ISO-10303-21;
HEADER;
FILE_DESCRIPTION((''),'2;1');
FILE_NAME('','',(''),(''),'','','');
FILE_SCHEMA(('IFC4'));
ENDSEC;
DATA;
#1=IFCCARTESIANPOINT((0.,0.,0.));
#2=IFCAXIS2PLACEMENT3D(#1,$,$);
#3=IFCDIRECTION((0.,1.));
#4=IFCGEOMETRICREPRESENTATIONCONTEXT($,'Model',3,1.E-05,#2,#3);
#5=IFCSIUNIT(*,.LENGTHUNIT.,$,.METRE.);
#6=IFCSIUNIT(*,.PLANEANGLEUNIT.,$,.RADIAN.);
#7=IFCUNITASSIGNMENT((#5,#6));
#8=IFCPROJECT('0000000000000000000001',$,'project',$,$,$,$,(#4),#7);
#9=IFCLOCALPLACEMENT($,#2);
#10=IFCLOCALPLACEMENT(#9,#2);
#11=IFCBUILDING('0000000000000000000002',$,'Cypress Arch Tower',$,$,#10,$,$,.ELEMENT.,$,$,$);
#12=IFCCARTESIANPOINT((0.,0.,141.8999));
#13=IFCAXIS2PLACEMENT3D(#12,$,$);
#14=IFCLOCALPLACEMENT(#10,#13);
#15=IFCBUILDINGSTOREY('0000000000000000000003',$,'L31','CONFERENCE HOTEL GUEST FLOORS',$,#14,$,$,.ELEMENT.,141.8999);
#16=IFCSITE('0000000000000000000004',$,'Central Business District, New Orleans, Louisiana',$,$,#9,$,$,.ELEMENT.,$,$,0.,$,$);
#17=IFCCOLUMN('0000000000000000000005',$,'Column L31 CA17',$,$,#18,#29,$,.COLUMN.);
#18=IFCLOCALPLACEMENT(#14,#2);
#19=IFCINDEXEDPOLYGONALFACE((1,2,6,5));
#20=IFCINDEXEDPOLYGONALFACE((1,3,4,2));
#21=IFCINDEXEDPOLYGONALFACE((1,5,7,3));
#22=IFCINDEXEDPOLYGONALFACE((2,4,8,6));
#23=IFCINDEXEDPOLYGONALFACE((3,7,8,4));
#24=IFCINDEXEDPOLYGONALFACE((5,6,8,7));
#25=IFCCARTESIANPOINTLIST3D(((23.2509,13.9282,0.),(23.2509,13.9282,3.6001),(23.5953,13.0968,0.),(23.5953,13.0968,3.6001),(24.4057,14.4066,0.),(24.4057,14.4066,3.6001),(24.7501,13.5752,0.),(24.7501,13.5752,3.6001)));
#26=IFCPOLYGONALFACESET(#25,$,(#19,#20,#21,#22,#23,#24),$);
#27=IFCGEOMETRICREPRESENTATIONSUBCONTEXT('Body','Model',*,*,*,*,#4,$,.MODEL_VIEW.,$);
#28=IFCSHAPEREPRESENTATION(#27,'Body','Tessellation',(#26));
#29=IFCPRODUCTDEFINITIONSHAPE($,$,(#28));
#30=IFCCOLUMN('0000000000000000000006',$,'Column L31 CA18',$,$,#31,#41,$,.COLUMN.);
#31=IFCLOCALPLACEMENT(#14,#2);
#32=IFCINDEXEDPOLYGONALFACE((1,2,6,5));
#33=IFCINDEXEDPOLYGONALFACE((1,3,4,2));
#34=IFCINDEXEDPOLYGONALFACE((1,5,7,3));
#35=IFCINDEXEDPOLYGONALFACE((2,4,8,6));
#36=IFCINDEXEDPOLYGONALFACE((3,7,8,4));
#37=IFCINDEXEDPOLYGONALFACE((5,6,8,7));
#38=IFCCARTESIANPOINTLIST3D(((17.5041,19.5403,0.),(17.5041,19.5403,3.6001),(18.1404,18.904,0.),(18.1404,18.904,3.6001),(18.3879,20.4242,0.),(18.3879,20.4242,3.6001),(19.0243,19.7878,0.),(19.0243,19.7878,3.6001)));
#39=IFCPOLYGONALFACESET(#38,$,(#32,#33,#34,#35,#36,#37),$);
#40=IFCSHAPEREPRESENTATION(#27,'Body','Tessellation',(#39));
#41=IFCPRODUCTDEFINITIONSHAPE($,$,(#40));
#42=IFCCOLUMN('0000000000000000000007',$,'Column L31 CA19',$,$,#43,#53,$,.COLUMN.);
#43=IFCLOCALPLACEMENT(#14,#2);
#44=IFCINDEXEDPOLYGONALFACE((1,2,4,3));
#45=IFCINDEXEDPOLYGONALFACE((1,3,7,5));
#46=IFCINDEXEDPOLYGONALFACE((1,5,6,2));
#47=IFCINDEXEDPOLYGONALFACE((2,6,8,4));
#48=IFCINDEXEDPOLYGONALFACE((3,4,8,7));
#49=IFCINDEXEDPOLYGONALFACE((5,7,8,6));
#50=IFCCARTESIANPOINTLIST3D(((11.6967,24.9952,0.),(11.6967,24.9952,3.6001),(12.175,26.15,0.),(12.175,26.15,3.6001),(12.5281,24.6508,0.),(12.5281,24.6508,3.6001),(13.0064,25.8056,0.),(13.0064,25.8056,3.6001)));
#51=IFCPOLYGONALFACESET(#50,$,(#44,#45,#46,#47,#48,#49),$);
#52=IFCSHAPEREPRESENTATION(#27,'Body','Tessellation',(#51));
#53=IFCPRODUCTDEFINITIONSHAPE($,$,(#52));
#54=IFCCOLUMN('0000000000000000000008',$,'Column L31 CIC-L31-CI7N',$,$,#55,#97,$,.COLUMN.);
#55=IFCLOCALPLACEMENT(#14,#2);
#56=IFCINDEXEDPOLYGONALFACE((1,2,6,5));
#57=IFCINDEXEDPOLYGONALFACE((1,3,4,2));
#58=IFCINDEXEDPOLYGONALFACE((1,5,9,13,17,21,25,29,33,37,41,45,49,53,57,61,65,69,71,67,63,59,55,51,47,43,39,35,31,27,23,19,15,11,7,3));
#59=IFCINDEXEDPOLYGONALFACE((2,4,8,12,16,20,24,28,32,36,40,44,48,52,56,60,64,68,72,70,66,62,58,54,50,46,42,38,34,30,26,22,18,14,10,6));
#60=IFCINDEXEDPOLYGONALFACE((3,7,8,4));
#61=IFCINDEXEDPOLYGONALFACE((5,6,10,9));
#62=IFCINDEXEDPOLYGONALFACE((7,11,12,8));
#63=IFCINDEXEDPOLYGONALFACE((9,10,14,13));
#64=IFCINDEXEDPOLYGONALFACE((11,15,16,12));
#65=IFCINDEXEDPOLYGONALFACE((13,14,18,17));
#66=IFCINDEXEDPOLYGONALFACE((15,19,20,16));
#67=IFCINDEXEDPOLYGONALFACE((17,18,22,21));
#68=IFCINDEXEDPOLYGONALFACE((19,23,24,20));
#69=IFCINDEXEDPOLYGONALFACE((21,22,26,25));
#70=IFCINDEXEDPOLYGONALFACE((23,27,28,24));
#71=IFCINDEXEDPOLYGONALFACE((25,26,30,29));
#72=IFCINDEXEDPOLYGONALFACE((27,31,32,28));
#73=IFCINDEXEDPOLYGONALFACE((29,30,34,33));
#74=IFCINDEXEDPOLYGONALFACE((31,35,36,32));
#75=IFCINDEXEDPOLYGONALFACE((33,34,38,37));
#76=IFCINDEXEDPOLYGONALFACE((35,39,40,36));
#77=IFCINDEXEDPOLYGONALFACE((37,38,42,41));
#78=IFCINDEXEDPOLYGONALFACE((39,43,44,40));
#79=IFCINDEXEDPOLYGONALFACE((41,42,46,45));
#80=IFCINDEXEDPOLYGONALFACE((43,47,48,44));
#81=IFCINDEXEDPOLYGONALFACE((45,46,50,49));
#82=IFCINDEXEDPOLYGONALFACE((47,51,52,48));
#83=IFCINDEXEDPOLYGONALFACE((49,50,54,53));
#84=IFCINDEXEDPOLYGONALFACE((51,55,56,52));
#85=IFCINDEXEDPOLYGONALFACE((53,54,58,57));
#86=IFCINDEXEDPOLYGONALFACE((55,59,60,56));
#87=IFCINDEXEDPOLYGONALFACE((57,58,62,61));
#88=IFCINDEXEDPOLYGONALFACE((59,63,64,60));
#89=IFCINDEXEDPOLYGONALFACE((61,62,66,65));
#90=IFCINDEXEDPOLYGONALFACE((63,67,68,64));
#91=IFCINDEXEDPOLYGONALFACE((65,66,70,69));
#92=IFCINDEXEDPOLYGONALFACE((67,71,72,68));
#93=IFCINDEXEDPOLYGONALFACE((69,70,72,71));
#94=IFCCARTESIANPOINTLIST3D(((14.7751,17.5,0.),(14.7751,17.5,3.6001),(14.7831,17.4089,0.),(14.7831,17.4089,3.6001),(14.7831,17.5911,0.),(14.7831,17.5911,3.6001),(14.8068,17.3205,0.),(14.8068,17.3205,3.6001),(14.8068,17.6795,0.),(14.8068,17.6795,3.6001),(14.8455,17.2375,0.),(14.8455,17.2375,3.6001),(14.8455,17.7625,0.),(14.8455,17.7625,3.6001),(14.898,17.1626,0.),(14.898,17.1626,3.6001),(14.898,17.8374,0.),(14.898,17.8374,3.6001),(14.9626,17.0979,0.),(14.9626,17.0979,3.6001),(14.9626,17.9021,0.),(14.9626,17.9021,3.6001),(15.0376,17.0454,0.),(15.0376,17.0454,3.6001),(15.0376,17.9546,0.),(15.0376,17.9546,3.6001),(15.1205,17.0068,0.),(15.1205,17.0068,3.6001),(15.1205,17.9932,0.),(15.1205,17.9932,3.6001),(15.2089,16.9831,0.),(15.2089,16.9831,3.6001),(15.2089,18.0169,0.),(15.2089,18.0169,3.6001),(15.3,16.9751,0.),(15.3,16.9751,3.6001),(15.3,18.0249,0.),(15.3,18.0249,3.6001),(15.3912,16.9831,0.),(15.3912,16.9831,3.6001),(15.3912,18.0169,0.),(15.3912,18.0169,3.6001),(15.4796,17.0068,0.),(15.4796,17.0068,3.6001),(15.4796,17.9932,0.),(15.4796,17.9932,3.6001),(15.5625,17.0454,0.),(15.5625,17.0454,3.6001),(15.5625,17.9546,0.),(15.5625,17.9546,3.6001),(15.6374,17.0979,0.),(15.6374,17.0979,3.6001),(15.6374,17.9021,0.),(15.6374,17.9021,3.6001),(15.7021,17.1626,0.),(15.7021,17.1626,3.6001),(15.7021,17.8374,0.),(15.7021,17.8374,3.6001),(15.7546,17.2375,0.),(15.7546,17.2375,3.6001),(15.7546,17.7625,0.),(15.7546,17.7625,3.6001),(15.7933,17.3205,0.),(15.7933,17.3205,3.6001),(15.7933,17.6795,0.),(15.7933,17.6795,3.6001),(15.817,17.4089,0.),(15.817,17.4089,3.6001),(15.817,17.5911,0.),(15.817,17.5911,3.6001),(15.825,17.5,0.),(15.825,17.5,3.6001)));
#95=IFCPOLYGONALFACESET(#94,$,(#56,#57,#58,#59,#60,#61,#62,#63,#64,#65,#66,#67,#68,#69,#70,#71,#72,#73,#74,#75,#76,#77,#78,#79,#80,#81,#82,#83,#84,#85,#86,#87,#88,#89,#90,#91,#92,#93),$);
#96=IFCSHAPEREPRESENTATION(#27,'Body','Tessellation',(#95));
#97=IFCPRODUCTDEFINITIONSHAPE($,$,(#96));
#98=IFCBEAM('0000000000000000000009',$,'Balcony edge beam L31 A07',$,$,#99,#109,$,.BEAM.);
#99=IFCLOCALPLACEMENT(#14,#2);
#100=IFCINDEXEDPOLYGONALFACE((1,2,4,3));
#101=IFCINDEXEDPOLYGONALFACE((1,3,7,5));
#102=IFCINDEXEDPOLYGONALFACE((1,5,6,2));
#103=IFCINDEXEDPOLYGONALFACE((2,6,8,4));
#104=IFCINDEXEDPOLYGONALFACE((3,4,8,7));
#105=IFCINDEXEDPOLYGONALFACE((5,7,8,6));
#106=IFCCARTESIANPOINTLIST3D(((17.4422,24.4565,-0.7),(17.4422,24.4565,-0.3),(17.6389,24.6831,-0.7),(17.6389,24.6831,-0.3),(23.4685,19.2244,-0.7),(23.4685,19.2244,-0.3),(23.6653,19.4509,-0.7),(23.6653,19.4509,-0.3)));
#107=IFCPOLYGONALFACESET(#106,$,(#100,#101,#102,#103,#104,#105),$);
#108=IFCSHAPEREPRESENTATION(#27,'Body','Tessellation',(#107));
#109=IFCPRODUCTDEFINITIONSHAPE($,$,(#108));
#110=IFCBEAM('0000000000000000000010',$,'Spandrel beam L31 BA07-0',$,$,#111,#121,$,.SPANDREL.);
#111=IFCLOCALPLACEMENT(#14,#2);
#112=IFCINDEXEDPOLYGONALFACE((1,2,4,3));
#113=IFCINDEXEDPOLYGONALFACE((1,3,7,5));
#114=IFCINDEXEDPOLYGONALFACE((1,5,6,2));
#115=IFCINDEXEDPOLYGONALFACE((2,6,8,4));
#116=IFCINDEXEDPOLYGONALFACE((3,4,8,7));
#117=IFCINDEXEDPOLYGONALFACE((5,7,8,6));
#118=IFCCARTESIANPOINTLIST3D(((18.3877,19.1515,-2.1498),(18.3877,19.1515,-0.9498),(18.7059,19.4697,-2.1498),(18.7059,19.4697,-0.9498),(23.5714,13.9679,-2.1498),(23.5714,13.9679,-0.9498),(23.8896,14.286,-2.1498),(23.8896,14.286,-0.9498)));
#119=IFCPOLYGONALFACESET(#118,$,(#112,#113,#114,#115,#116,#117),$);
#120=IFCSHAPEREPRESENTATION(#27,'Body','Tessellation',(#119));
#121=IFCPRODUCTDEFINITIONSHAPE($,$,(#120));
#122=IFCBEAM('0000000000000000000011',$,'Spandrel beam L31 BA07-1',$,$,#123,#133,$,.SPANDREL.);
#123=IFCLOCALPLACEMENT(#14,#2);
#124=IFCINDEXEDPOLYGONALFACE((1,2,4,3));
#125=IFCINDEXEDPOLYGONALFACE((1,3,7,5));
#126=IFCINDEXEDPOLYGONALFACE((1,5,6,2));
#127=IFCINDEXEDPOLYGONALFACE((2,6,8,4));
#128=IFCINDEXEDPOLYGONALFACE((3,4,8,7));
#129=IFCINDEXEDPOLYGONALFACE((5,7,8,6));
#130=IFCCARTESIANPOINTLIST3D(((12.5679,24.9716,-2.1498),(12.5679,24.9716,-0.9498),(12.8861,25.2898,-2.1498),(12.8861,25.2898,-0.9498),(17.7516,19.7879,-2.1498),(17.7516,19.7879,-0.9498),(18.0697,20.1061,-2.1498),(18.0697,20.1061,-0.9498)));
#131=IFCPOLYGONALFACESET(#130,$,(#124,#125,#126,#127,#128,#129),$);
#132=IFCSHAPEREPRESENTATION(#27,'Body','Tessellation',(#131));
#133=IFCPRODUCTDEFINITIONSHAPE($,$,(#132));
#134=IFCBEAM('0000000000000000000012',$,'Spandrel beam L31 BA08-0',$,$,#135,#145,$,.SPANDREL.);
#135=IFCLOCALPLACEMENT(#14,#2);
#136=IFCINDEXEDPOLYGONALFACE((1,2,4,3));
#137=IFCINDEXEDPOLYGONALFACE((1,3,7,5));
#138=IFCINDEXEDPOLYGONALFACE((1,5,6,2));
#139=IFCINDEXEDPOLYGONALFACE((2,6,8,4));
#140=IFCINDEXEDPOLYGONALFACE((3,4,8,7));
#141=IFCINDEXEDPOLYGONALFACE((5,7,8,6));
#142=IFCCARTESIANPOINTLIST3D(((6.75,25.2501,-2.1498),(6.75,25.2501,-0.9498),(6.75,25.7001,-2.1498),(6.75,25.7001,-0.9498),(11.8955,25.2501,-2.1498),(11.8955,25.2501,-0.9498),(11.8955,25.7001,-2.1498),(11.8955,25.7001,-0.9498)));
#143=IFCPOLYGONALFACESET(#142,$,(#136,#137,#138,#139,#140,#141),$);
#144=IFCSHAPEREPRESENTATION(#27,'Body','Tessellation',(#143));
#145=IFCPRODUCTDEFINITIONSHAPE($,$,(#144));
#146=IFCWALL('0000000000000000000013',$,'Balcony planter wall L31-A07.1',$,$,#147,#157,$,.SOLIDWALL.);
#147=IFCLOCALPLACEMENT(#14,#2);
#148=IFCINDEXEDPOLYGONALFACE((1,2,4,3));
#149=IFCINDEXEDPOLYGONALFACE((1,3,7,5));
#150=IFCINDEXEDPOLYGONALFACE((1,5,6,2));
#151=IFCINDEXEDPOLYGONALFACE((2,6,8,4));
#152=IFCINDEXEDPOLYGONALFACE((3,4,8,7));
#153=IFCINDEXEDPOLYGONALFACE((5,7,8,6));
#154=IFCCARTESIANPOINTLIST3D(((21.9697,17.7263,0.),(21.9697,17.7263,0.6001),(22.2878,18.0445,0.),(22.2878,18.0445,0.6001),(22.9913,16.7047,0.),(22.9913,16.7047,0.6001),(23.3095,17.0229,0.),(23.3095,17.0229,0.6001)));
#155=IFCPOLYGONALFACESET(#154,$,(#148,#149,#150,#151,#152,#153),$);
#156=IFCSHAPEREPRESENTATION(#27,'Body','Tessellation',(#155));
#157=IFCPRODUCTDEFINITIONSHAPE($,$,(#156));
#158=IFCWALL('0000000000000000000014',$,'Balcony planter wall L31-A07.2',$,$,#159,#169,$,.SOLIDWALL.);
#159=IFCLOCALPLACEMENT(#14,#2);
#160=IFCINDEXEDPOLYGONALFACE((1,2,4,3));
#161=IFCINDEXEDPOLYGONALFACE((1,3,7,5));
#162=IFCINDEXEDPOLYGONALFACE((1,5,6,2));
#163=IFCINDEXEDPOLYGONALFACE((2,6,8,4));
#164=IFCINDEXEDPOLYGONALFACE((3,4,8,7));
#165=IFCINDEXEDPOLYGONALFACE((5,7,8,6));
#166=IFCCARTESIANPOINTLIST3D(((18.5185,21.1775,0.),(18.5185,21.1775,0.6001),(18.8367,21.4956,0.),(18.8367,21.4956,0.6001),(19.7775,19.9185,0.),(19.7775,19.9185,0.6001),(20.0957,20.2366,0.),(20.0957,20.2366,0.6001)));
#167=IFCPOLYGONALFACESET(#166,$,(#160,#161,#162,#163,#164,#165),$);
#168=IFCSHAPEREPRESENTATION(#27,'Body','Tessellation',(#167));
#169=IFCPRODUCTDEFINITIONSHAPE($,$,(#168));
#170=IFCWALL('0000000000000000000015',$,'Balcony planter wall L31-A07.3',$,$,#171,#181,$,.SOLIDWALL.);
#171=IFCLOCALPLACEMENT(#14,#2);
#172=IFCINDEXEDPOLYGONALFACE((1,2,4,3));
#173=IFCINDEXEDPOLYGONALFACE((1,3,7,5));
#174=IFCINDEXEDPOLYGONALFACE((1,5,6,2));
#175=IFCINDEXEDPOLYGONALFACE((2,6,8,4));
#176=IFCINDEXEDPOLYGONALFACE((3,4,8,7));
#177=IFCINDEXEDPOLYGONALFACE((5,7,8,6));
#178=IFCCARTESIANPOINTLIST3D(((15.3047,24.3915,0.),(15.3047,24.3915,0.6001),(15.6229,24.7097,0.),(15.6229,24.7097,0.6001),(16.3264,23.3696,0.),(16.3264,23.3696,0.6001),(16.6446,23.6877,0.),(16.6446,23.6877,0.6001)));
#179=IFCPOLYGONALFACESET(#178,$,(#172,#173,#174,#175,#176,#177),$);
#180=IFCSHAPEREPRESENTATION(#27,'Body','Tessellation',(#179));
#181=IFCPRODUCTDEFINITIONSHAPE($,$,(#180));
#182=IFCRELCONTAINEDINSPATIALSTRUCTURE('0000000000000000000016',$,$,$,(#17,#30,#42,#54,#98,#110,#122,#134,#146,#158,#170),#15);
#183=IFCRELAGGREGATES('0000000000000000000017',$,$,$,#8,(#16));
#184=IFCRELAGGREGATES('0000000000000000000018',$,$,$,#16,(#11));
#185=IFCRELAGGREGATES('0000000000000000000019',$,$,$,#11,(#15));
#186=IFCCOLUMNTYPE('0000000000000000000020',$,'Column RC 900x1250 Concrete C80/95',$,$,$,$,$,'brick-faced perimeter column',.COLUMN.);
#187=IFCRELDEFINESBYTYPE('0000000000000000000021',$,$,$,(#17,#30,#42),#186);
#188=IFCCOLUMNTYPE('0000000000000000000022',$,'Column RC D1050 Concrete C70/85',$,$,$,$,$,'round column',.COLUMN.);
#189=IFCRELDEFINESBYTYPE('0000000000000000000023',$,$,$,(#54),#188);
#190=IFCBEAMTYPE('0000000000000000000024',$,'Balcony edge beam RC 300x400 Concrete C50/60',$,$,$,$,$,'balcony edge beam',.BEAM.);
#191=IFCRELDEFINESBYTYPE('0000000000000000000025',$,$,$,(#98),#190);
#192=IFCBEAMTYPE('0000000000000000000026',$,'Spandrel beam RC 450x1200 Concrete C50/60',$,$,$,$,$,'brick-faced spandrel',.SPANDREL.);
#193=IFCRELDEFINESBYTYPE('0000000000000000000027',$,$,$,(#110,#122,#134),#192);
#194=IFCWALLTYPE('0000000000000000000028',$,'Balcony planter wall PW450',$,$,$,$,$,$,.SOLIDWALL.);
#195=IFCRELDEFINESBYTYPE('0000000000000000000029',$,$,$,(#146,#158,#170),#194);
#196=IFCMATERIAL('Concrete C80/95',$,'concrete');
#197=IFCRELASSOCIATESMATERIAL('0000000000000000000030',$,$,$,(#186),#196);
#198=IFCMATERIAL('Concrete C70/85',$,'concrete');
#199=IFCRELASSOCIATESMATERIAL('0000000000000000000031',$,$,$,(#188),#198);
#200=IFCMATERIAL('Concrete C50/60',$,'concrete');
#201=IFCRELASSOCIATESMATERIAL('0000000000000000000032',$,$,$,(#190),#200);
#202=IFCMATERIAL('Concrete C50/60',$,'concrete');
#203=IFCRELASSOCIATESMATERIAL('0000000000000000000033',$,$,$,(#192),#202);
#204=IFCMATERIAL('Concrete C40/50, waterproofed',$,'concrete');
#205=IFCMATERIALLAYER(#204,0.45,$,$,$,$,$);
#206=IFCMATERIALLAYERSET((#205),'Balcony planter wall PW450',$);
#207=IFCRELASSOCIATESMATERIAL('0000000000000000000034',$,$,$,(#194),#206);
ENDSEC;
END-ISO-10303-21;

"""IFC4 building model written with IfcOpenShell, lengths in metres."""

from ifc_helpers import new_model, si_unit, direction, frame, frame_2d, origin, origin_2d, place, context, subcontext, project, spatial, rectangle, circle, extrude, material, layer, layer_set, material_profile, profile_set, type_object, element, save


model = new_model("IFC4")

# Units and contexts
model_context = context("Model", 3, precision=1e-05, world=origin(), true_north=direction((0.0, 1.0)))
body_context = subcontext(model_context, "Body", "Model", "MODEL_VIEW")
ifc_project = project(units=[si_unit("LENGTHUNIT", "METRE"), si_unit("PLANEANGLEUNIT", "RADIAN")], contexts=[model_context])

# Site, building, storey
site_placement = place(None, origin())
site = spatial("IfcSite", under=ifc_project, at=site_placement, Name="Central Business District, New Orleans, Louisiana", CompositionType="ELEMENT", RefElevation=0.0)
building_placement = place(site_placement, origin())
building = spatial("IfcBuilding", under=site, at=building_placement, Name="Cypress Arch Tower", CompositionType="ELEMENT")
storey_placement = place(building_placement, frame((0.0, 0.0, 141.8999)))
storey = spatial("IfcBuildingStorey", under=building, at=storey_placement, Name="L31", Description="CONFERENCE HOTEL GUEST FLOORS", CompositionType="ELEMENT", Elevation=141.8999)

# Columns
ifc_material_1 = material(Name="Concrete C80/95", Category="concrete")
ifc_material_profile_1 = material_profile(ifc_material_1, rectangle(XDim=0.8999, YDim=1.25, at=origin_2d()), Name="RC 900x1250")
ifc_profile_set_1 = profile_set([ifc_material_profile_1], Name="Concrete C80/95")
column_type_1 = type_object("IfcColumnType", Name="Column RC 900x1250 Concrete C80/95", ElementType="brick-faced perimeter column", PredefinedType="COLUMN", material=ifc_profile_set_1)
for number, where, z_axis, x_axis, name in (
    (1, (24.0005, 13.7517, 0.0), (0.0, 0.0, 1.0), (-0.382683, 0.92388, 0.0), "Column L31 CA17"),
    (2, (18.2642, 19.6641, 0.0), (0.0, 0.0, 1.0), (-0.707107, 0.707107, 0.0), "Column L31 CA18"),
    (3, (12.3516, 25.4004, 0.0), (0.0, 0.0, 1.0), (-0.92388, 0.382683, 0.0), "Column L31 CA19"),
):
    element("IfcColumn", number, at=place(storey_placement, frame(where, z_axis=z_axis, x_axis=x_axis)), inside=storey, type_object=column_type_1, Name=name, PredefinedType="COLUMN", context=body_context, shape_type="SweptSolid", body=[
        extrude(rectangle(XDim=0.8999, YDim=1.25, at=origin_2d()), origin(), (0.0, 0.0, 1.0), 3.6001),
    ])
ifc_material_2 = material(Name="Concrete C70/85", Category="concrete")
ifc_material_profile_2 = material_profile(ifc_material_2, circle(Radius=0.5249, at=origin_2d()), Name="RC D1050")
ifc_profile_set_2 = profile_set([ifc_material_profile_2], Name="Concrete C70/85")
column_type_2 = type_object("IfcColumnType", Name="Column RC D1050 Concrete C70/85", ElementType="round column", PredefinedType="COLUMN", material=ifc_profile_set_2)
column_placement = place(storey_placement, frame((15.3, 17.5, 0.0), z_axis=(0.0, 0.0, 1.0), x_axis=(1.0, 0.0, 0.0)))
element("IfcColumn", 4, at=column_placement, inside=storey, type_object=column_type_2, Name="Column L31 CIC-L31-CI7N", PredefinedType="COLUMN", context=body_context, shape_type="SweptSolid", body=[
    extrude(circle(Radius=0.5249, at=origin_2d()), origin(), (0.0, 0.0, 1.0), 3.6001),
])

# Beams
ifc_material_3 = material(Name="Concrete C50/60", Category="concrete")
ifc_material_profile_3 = material_profile(ifc_material_3, rectangle(XDim=0.3, YDim=0.3999, at=origin_2d()), Name="RC 300x400")
ifc_profile_set_3 = profile_set([ifc_material_profile_3], Name="Concrete C50/60")
beam_type_1 = type_object("IfcBeamType", Name="Balcony edge beam RC 300x400 Concrete C50/60", ElementType="balcony edge beam", PredefinedType="BEAM", material=ifc_profile_set_3)
beam_1_placement = place(storey_placement, frame((23.5669, 19.3376, -0.5), z_axis=(-0.75511, 0.655598, 0.0), x_axis=(-0.655598, -0.75511, 0.0)))
element("IfcBeam", 5, at=beam_1_placement, inside=storey, type_object=beam_type_1, Name="Balcony edge beam L31 A07", PredefinedType="BEAM", context=body_context, shape_type="SweptSolid", body=[
    extrude(rectangle(XDim=0.3, YDim=0.3999, at=origin_2d()), origin(), (0.0, 0.0, 1.0), 7.9807),
])
ifc_material_4 = material(Name="Concrete C50/60", Category="concrete")
ifc_material_profile_4 = material_profile(ifc_material_4, rectangle(XDim=0.45, YDim=1.2, at=origin_2d()), Name="RC 450x1200")
ifc_profile_set_4 = profile_set([ifc_material_profile_4], Name="Concrete C50/60")
beam_type_2 = type_object("IfcBeamType", Name="Spandrel beam RC 450x1200 Concrete C50/60", ElementType="brick-faced spandrel", PredefinedType="SPANDREL", material=ifc_profile_set_4)
for number, where, z_axis, x_axis, name in (
    (6, (23.7305, 14.127, -1.5498), (-0.707107, 0.707107, 0.0), (-0.707107, -0.707107, 0.0), "Spandrel beam L31 BA07-0"),
    (7, (17.9106, 19.947, -1.5498), (-0.707107, 0.707107, 0.0), (-0.707107, -0.707107, 0.0), "Spandrel beam L31 BA07-1"),
):
    element("IfcBeam", number, at=place(storey_placement, frame(where, z_axis=z_axis, x_axis=x_axis)), inside=storey, type_object=beam_type_2, Name=name, PredefinedType="SPANDREL", context=body_context, shape_type="SweptSolid", body=[
        extrude(rectangle(XDim=0.45, YDim=1.2, at=origin_2d()), origin(), (0.0, 0.0, 1.0), 7.3308),
    ])
beam_2_placement = place(storey_placement, frame((11.8955, 25.4751, -1.5498), z_axis=(-1.0, 0.0, 0.0), x_axis=(0.0, -1.0, 0.0)))
element("IfcBeam", 8, at=beam_2_placement, inside=storey, type_object=beam_type_2, Name="Spandrel beam L31 BA08-0", PredefinedType="SPANDREL", context=body_context, shape_type="SweptSolid", body=[
    extrude(rectangle(XDim=0.45, YDim=1.2, at=origin_2d()), origin(), (0.0, 0.0, 1.0), 5.1455),
])

# Walls
ifc_material_5 = material(Name="Concrete C40/50, waterproofed", Category="concrete")
ifc_layer_1 = layer(ifc_material_5, 0.45)
ifc_layer_set_1 = layer_set([ifc_layer_1], Name="Balcony planter wall PW450")
wall_type_1 = type_object("IfcWallType", Name="Balcony planter wall PW450", PredefinedType="SOLIDWALL", material=ifc_layer_set_1)
wall_1_placement = place(storey_placement, frame((23.1504, 16.8638, 0.0), z_axis=(0.0, 0.0, 1.0), x_axis=(-0.707107, 0.707107, 0.0)))
element("IfcWall", 9, at=wall_1_placement, inside=storey, type_object=wall_type_1, Name="Balcony planter wall L31-A07.1", PredefinedType="SOLIDWALL", context=body_context, shape_type="SweptSolid", body=[
    extrude(rectangle(XDim=1.4448, YDim=0.45, at=frame_2d((0.7224, 0.0))), origin(), (0.0, 0.0, 1.0), 0.6001),
])
wall_2_placement = place(storey_placement, frame((19.9365, 20.0776, 0.0), z_axis=(0.0, 0.0, 1.0), x_axis=(-0.707107, 0.707107, 0.0)))
element("IfcWall", 10, at=wall_2_placement, inside=storey, type_object=wall_type_1, Name="Balcony planter wall L31-A07.2", PredefinedType="SOLIDWALL", context=body_context, shape_type="SweptSolid", body=[
    extrude(rectangle(XDim=1.7805, YDim=0.45, at=frame_2d((0.8901, 0.0))), origin(), (0.0, 0.0, 1.0), 0.6001),
])
wall_3_placement = place(storey_placement, frame((16.4856, 23.5286, 0.0), z_axis=(0.0, 0.0, 1.0), x_axis=(-0.707022, 0.707191, 0.0)))
element("IfcWall", 11, at=wall_3_placement, inside=storey, type_object=wall_type_1, Name="Balcony planter wall L31-A07.3", PredefinedType="SOLIDWALL", context=body_context, shape_type="SweptSolid", body=[
    extrude(rectangle(XDim=1.4451, YDim=0.45, at=frame_2d((0.7227, 0.0))), origin(), (0.0, 0.0, 1.0), 0.6001),
])

save(model, "model.ifc")
